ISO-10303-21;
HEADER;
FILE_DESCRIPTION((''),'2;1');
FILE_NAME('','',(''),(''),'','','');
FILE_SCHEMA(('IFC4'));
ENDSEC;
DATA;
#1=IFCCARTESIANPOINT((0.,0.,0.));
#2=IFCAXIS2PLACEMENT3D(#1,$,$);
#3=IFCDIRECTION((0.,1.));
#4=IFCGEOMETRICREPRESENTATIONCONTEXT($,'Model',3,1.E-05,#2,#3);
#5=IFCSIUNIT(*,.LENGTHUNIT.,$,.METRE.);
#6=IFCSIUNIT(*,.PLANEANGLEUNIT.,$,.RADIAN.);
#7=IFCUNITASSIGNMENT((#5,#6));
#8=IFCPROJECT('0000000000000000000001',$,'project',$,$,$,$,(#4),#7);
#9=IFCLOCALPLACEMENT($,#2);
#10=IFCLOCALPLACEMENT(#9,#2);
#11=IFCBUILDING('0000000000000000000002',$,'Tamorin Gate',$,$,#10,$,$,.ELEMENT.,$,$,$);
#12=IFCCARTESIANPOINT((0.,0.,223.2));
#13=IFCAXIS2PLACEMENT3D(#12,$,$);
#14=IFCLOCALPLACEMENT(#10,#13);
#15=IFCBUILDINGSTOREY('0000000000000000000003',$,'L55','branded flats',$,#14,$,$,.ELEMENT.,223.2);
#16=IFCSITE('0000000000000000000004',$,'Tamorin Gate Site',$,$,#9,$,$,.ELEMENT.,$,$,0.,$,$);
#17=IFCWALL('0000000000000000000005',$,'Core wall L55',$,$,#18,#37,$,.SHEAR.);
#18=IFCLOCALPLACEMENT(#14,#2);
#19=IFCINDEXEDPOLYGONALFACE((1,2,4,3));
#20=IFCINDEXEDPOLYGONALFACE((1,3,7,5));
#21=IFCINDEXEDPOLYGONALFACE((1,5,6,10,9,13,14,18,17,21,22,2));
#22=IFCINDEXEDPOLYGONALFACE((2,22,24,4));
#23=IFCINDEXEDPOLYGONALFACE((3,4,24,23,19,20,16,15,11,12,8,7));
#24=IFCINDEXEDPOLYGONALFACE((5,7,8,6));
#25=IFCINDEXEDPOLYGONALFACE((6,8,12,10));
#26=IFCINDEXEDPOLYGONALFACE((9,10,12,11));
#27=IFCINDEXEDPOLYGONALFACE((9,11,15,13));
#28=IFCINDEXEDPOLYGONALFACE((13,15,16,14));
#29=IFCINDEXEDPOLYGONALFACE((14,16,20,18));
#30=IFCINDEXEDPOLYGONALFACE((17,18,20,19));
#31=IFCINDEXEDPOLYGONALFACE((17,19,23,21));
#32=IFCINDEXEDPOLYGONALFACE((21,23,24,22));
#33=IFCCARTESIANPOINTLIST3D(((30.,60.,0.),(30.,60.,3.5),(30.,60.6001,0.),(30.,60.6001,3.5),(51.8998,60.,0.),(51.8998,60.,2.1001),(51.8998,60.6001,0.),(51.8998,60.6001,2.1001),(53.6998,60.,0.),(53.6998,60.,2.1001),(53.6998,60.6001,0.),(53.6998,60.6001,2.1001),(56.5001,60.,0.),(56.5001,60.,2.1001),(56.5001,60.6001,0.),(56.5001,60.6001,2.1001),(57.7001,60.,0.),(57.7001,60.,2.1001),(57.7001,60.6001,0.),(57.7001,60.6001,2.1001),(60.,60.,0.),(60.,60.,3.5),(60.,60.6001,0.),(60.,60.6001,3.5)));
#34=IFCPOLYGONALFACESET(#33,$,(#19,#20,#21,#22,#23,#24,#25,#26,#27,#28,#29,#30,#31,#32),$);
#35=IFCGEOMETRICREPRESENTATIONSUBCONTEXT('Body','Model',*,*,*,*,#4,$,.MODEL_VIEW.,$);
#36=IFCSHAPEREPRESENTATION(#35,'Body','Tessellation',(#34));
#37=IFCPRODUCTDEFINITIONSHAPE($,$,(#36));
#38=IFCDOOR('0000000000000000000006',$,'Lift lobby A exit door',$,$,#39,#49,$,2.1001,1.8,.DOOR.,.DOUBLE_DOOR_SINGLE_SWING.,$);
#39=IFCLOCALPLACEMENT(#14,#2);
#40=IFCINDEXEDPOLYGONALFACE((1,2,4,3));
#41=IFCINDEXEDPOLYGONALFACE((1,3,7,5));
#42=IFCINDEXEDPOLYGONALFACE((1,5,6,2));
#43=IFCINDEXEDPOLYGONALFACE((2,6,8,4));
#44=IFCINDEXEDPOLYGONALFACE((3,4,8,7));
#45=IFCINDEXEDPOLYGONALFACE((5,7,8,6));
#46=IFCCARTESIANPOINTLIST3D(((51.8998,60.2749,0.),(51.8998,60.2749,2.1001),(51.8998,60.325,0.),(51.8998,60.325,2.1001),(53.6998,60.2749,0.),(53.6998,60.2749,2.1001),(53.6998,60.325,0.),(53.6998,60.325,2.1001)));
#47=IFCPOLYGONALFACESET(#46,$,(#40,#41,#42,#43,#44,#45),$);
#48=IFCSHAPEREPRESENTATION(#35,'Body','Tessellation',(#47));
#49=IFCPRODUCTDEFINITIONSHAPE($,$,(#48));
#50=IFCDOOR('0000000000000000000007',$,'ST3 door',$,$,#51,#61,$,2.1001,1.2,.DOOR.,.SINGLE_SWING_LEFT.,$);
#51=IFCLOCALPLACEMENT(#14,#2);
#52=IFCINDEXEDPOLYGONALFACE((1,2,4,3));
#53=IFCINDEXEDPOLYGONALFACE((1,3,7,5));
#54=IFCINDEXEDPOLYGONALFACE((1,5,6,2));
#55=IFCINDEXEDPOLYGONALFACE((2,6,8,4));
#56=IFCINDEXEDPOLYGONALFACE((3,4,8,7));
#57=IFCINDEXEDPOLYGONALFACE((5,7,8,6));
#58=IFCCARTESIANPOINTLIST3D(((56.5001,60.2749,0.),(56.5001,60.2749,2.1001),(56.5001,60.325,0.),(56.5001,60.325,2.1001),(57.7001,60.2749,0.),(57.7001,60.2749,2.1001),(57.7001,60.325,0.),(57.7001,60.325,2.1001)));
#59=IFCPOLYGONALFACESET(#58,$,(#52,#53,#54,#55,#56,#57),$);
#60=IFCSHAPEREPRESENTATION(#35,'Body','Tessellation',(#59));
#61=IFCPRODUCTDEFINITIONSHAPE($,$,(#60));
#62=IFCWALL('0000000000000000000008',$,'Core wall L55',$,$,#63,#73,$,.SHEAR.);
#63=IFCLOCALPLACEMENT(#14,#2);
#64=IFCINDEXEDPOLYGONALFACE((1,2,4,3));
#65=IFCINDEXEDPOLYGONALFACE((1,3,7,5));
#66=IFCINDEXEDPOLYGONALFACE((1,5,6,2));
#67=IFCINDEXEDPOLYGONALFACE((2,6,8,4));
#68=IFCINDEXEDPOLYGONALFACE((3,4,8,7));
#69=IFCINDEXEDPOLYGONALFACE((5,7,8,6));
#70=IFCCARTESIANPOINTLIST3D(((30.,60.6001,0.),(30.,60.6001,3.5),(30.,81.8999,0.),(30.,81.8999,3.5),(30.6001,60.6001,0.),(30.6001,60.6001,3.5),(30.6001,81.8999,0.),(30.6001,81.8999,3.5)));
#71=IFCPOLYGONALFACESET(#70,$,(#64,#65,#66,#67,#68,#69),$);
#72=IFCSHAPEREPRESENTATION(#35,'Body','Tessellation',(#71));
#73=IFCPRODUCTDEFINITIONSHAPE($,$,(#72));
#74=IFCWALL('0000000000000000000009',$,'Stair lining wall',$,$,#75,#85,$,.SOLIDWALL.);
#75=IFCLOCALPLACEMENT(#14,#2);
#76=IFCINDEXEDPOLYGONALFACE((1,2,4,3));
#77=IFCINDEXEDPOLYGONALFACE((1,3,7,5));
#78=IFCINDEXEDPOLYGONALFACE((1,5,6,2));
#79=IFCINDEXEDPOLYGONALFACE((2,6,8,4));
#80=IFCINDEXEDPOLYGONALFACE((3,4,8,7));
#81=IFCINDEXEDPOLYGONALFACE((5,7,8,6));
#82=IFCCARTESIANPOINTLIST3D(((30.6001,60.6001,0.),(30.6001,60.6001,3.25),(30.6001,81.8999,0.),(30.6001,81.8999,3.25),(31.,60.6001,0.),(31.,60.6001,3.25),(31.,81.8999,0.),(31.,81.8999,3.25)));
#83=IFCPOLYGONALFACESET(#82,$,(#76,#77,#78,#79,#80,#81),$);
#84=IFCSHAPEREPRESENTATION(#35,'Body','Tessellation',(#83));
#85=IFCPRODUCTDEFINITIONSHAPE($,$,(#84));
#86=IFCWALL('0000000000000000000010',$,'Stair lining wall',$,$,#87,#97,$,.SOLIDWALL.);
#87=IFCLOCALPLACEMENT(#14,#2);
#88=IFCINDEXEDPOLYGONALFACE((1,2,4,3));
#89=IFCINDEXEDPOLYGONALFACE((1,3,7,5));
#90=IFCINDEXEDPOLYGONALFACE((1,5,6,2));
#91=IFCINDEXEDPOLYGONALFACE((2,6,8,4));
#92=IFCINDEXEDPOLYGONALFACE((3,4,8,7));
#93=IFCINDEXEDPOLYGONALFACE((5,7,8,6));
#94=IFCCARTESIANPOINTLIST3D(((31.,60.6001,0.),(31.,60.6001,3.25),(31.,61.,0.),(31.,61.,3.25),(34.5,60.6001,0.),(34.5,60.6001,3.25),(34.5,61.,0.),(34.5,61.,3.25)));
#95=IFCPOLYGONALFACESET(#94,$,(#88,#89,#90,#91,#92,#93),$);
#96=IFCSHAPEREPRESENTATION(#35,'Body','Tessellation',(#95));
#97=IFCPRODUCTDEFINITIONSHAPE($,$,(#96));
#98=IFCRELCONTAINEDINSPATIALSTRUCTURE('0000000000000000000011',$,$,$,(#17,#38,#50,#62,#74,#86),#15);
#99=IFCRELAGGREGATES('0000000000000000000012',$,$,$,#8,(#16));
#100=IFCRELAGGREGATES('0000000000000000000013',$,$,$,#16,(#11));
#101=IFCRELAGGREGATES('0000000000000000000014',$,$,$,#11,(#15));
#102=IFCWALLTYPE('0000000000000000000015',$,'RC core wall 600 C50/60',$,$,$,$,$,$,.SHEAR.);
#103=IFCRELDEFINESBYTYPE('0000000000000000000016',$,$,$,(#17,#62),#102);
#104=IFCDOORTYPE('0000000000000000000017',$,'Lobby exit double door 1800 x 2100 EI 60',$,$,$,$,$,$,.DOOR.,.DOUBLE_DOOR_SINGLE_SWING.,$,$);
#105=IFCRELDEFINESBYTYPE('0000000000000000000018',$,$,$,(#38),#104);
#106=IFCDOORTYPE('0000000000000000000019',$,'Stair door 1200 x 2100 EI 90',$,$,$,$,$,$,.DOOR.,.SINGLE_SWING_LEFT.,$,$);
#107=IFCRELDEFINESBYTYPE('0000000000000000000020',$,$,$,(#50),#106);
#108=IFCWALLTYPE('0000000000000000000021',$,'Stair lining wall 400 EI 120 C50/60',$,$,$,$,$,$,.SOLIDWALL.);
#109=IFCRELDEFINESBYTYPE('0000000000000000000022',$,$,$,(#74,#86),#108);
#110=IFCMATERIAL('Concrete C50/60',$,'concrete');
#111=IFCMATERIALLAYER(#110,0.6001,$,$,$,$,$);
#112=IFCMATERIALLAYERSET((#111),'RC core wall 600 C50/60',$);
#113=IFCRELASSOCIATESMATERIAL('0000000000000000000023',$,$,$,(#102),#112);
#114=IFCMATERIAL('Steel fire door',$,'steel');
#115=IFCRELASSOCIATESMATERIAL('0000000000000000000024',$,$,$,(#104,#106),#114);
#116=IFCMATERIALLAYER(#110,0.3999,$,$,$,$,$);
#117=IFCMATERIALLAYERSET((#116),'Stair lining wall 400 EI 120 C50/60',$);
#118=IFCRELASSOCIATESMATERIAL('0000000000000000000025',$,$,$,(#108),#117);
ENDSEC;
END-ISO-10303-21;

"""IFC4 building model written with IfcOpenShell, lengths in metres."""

from ifc_helpers import new_model, si_unit, direction, frame, frame_2d, origin, place, context, subcontext, project, spatial, rectangle, extrude, material, layer, layer_set, type_object, element, fill, save


model = new_model("IFC4")

# Units and contexts
model_context = context("Model", 3, precision=1e-05, world=origin(), true_north=direction((0.0, 1.0)))
body_context = subcontext(model_context, "Body", "Model", "MODEL_VIEW")
ifc_project = project(units=[si_unit("LENGTHUNIT", "METRE"), si_unit("PLANEANGLEUNIT", "RADIAN")], contexts=[model_context])

# Site, building, storey
site_placement = place(None, origin())
site = spatial("IfcSite", under=ifc_project, at=site_placement, Name="Tamorin Gate Site", CompositionType="ELEMENT", RefElevation=0.0)
building_placement = place(site_placement, origin())
building = spatial("IfcBuilding", under=site, at=building_placement, Name="Tamorin Gate", CompositionType="ELEMENT")
storey_placement = place(building_placement, frame((0.0, 0.0, 223.2)))
storey = spatial("IfcBuildingStorey", under=building, at=storey_placement, Name="L55", Description="branded flats", CompositionType="ELEMENT", Elevation=223.2)

# Shared definitions
ifc_material_1 = material(Name="Concrete C50/60", Category="concrete")

# Wall, openings, doors
ifc_layer_1 = layer(ifc_material_1, 0.6001)
ifc_layer_set_1 = layer_set([ifc_layer_1], Name="RC core wall 600 C50/60")
wall_type_1 = type_object("IfcWallType", Name="RC core wall 600 C50/60", PredefinedType="SHEAR", material=ifc_layer_set_1)
wall_1_placement = place(storey_placement, frame((30.0, 60.3, 0.0), z_axis=(0.0, 0.0, 1.0), x_axis=(1.0, 0.0, 0.0)))
wall_1 = element("IfcWall", 1, at=wall_1_placement, inside=storey, type_object=wall_type_1, Name="Core wall L55", PredefinedType="SHEAR", context=body_context, shape_type="SweptSolid", body=[
    extrude(rectangle(XDim=30.0, YDim=0.6001, at=frame_2d((15.0, 0.0))), origin(), (0.0, 0.0, 1.0), 3.5),
])
opening_1_placement = place(wall_1_placement, frame((21.8999, 0.0, 0.0)))
opening_1 = element("IfcOpeningElement", 2, at=opening_1_placement, cuts=wall_1, PredefinedType="OPENING", context=body_context, shape_type="SweptSolid", body=[
    extrude(rectangle(XDim=1.8, YDim=2.1001, at=frame_2d((0.8999, 1.05))), frame((0.0, 0.3101, 0.0), z_axis=(0.0, -1.0, 0.0), x_axis=(1.0, 0.0, 0.0)), (0.0, 0.0, 1.0), 0.6201),
])
opening_2_placement = place(wall_1_placement, frame((26.5, 0.0, 0.0)))
opening_2 = element("IfcOpeningElement", 3, at=opening_2_placement, cuts=wall_1, PredefinedType="OPENING", context=body_context, shape_type="SweptSolid", body=[
    extrude(rectangle(XDim=1.2, YDim=2.1001, at=frame_2d((0.6001, 1.05))), frame((0.0, 0.3101, 0.0), z_axis=(0.0, -1.0, 0.0), x_axis=(1.0, 0.0, 0.0)), (0.0, 0.0, 1.0), 0.6201),
])
ifc_material_2 = material(Name="Steel fire door", Category="steel")
door_type_1 = type_object("IfcDoorType", Name="Lobby exit double door 1800 x 2100 EI 60", OperationType="DOUBLE_DOOR_SINGLE_SWING", PredefinedType="DOOR", material=ifc_material_2)
door_1_placement = place(opening_1_placement, origin())
door_1 = element("IfcDoor", 4, at=door_1_placement, inside=storey, type_object=door_type_1, Name="Lift lobby A exit door", OperationType="DOUBLE_DOOR_SINGLE_SWING", OverallHeight=2.1001, OverallWidth=1.8, PredefinedType="DOOR", context=body_context, shape_type="SweptSolid", body=[
    extrude(rectangle(XDim=1.8, YDim=2.1001, at=frame_2d((0.8999, 1.05))), frame((0.0, 0.0249, 0.0), z_axis=(0.0, -1.0, 0.0), x_axis=(1.0, 0.0, 0.0)), (0.0, 0.0, 1.0), 0.05),
])
fill(opening_1, door_1)
door_type_2 = type_object("IfcDoorType", Name="Stair door 1200 x 2100 EI 90", OperationType="SINGLE_SWING_LEFT", PredefinedType="DOOR", material=ifc_material_2)
door_2_placement = place(opening_2_placement, origin())
door_2 = element("IfcDoor", 5, at=door_2_placement, inside=storey, type_object=door_type_2, Name="ST3 door", OperationType="SINGLE_SWING_LEFT", OverallHeight=2.1001, OverallWidth=1.2, PredefinedType="DOOR", context=body_context, shape_type="SweptSolid", body=[
    extrude(rectangle(XDim=1.2, YDim=2.1001, at=frame_2d((0.6001, 1.05))), frame((0.0, 0.0249, 0.0), z_axis=(0.0, -1.0, 0.0), x_axis=(1.0, 0.0, 0.0)), (0.0, 0.0, 1.0), 0.05),
])
fill(opening_2, door_2)

# Walls
wall_2_placement = place(storey_placement, frame((30.3, 60.6001, 0.0), z_axis=(0.0, 0.0, 1.0), x_axis=(0.0, 1.0, 0.0)))
element("IfcWall", 6, at=wall_2_placement, inside=storey, type_object=wall_type_1, Name="Core wall L55", PredefinedType="SHEAR", context=body_context, shape_type="SweptSolid", body=[
    extrude(rectangle(XDim=21.2998, YDim=0.6001, at=frame_2d((10.6499, 0.0))), origin(), (0.0, 0.0, 1.0), 3.5),
])
ifc_layer_2 = layer(ifc_material_1, 0.3999)
ifc_layer_set_2 = layer_set([ifc_layer_2], Name="Stair lining wall 400 EI 120 C50/60")
wall_type_2 = type_object("IfcWallType", Name="Stair lining wall 400 EI 120 C50/60", PredefinedType="SOLIDWALL", material=ifc_layer_set_2)
wall_3_placement = place(storey_placement, frame((30.8, 60.6001, 0.0), z_axis=(0.0, 0.0, 1.0), x_axis=(0.0, 1.0, 0.0)))
element("IfcWall", 7, at=wall_3_placement, inside=storey, type_object=wall_type_2, Name="Stair lining wall", PredefinedType="SOLIDWALL", context=body_context, shape_type="SweptSolid", body=[
    extrude(rectangle(XDim=21.2998, YDim=0.3999, at=frame_2d((10.6499, 0.0))), origin(), (0.0, 0.0, 1.0), 3.25),
])
wall_4_placement = place(storey_placement, frame((31.0, 60.8, 0.0), z_axis=(0.0, 0.0, 1.0), x_axis=(1.0, 0.0, 0.0)))
element("IfcWall", 8, at=wall_4_placement, inside=storey, type_object=wall_type_2, Name="Stair lining wall", PredefinedType="SOLIDWALL", context=body_context, shape_type="SweptSolid", body=[
    extrude(rectangle(XDim=3.5, YDim=0.3999, at=frame_2d((1.75, 0.0))), origin(), (0.0, 0.0, 1.0), 3.25),
])

save(model, "model.ifc")
